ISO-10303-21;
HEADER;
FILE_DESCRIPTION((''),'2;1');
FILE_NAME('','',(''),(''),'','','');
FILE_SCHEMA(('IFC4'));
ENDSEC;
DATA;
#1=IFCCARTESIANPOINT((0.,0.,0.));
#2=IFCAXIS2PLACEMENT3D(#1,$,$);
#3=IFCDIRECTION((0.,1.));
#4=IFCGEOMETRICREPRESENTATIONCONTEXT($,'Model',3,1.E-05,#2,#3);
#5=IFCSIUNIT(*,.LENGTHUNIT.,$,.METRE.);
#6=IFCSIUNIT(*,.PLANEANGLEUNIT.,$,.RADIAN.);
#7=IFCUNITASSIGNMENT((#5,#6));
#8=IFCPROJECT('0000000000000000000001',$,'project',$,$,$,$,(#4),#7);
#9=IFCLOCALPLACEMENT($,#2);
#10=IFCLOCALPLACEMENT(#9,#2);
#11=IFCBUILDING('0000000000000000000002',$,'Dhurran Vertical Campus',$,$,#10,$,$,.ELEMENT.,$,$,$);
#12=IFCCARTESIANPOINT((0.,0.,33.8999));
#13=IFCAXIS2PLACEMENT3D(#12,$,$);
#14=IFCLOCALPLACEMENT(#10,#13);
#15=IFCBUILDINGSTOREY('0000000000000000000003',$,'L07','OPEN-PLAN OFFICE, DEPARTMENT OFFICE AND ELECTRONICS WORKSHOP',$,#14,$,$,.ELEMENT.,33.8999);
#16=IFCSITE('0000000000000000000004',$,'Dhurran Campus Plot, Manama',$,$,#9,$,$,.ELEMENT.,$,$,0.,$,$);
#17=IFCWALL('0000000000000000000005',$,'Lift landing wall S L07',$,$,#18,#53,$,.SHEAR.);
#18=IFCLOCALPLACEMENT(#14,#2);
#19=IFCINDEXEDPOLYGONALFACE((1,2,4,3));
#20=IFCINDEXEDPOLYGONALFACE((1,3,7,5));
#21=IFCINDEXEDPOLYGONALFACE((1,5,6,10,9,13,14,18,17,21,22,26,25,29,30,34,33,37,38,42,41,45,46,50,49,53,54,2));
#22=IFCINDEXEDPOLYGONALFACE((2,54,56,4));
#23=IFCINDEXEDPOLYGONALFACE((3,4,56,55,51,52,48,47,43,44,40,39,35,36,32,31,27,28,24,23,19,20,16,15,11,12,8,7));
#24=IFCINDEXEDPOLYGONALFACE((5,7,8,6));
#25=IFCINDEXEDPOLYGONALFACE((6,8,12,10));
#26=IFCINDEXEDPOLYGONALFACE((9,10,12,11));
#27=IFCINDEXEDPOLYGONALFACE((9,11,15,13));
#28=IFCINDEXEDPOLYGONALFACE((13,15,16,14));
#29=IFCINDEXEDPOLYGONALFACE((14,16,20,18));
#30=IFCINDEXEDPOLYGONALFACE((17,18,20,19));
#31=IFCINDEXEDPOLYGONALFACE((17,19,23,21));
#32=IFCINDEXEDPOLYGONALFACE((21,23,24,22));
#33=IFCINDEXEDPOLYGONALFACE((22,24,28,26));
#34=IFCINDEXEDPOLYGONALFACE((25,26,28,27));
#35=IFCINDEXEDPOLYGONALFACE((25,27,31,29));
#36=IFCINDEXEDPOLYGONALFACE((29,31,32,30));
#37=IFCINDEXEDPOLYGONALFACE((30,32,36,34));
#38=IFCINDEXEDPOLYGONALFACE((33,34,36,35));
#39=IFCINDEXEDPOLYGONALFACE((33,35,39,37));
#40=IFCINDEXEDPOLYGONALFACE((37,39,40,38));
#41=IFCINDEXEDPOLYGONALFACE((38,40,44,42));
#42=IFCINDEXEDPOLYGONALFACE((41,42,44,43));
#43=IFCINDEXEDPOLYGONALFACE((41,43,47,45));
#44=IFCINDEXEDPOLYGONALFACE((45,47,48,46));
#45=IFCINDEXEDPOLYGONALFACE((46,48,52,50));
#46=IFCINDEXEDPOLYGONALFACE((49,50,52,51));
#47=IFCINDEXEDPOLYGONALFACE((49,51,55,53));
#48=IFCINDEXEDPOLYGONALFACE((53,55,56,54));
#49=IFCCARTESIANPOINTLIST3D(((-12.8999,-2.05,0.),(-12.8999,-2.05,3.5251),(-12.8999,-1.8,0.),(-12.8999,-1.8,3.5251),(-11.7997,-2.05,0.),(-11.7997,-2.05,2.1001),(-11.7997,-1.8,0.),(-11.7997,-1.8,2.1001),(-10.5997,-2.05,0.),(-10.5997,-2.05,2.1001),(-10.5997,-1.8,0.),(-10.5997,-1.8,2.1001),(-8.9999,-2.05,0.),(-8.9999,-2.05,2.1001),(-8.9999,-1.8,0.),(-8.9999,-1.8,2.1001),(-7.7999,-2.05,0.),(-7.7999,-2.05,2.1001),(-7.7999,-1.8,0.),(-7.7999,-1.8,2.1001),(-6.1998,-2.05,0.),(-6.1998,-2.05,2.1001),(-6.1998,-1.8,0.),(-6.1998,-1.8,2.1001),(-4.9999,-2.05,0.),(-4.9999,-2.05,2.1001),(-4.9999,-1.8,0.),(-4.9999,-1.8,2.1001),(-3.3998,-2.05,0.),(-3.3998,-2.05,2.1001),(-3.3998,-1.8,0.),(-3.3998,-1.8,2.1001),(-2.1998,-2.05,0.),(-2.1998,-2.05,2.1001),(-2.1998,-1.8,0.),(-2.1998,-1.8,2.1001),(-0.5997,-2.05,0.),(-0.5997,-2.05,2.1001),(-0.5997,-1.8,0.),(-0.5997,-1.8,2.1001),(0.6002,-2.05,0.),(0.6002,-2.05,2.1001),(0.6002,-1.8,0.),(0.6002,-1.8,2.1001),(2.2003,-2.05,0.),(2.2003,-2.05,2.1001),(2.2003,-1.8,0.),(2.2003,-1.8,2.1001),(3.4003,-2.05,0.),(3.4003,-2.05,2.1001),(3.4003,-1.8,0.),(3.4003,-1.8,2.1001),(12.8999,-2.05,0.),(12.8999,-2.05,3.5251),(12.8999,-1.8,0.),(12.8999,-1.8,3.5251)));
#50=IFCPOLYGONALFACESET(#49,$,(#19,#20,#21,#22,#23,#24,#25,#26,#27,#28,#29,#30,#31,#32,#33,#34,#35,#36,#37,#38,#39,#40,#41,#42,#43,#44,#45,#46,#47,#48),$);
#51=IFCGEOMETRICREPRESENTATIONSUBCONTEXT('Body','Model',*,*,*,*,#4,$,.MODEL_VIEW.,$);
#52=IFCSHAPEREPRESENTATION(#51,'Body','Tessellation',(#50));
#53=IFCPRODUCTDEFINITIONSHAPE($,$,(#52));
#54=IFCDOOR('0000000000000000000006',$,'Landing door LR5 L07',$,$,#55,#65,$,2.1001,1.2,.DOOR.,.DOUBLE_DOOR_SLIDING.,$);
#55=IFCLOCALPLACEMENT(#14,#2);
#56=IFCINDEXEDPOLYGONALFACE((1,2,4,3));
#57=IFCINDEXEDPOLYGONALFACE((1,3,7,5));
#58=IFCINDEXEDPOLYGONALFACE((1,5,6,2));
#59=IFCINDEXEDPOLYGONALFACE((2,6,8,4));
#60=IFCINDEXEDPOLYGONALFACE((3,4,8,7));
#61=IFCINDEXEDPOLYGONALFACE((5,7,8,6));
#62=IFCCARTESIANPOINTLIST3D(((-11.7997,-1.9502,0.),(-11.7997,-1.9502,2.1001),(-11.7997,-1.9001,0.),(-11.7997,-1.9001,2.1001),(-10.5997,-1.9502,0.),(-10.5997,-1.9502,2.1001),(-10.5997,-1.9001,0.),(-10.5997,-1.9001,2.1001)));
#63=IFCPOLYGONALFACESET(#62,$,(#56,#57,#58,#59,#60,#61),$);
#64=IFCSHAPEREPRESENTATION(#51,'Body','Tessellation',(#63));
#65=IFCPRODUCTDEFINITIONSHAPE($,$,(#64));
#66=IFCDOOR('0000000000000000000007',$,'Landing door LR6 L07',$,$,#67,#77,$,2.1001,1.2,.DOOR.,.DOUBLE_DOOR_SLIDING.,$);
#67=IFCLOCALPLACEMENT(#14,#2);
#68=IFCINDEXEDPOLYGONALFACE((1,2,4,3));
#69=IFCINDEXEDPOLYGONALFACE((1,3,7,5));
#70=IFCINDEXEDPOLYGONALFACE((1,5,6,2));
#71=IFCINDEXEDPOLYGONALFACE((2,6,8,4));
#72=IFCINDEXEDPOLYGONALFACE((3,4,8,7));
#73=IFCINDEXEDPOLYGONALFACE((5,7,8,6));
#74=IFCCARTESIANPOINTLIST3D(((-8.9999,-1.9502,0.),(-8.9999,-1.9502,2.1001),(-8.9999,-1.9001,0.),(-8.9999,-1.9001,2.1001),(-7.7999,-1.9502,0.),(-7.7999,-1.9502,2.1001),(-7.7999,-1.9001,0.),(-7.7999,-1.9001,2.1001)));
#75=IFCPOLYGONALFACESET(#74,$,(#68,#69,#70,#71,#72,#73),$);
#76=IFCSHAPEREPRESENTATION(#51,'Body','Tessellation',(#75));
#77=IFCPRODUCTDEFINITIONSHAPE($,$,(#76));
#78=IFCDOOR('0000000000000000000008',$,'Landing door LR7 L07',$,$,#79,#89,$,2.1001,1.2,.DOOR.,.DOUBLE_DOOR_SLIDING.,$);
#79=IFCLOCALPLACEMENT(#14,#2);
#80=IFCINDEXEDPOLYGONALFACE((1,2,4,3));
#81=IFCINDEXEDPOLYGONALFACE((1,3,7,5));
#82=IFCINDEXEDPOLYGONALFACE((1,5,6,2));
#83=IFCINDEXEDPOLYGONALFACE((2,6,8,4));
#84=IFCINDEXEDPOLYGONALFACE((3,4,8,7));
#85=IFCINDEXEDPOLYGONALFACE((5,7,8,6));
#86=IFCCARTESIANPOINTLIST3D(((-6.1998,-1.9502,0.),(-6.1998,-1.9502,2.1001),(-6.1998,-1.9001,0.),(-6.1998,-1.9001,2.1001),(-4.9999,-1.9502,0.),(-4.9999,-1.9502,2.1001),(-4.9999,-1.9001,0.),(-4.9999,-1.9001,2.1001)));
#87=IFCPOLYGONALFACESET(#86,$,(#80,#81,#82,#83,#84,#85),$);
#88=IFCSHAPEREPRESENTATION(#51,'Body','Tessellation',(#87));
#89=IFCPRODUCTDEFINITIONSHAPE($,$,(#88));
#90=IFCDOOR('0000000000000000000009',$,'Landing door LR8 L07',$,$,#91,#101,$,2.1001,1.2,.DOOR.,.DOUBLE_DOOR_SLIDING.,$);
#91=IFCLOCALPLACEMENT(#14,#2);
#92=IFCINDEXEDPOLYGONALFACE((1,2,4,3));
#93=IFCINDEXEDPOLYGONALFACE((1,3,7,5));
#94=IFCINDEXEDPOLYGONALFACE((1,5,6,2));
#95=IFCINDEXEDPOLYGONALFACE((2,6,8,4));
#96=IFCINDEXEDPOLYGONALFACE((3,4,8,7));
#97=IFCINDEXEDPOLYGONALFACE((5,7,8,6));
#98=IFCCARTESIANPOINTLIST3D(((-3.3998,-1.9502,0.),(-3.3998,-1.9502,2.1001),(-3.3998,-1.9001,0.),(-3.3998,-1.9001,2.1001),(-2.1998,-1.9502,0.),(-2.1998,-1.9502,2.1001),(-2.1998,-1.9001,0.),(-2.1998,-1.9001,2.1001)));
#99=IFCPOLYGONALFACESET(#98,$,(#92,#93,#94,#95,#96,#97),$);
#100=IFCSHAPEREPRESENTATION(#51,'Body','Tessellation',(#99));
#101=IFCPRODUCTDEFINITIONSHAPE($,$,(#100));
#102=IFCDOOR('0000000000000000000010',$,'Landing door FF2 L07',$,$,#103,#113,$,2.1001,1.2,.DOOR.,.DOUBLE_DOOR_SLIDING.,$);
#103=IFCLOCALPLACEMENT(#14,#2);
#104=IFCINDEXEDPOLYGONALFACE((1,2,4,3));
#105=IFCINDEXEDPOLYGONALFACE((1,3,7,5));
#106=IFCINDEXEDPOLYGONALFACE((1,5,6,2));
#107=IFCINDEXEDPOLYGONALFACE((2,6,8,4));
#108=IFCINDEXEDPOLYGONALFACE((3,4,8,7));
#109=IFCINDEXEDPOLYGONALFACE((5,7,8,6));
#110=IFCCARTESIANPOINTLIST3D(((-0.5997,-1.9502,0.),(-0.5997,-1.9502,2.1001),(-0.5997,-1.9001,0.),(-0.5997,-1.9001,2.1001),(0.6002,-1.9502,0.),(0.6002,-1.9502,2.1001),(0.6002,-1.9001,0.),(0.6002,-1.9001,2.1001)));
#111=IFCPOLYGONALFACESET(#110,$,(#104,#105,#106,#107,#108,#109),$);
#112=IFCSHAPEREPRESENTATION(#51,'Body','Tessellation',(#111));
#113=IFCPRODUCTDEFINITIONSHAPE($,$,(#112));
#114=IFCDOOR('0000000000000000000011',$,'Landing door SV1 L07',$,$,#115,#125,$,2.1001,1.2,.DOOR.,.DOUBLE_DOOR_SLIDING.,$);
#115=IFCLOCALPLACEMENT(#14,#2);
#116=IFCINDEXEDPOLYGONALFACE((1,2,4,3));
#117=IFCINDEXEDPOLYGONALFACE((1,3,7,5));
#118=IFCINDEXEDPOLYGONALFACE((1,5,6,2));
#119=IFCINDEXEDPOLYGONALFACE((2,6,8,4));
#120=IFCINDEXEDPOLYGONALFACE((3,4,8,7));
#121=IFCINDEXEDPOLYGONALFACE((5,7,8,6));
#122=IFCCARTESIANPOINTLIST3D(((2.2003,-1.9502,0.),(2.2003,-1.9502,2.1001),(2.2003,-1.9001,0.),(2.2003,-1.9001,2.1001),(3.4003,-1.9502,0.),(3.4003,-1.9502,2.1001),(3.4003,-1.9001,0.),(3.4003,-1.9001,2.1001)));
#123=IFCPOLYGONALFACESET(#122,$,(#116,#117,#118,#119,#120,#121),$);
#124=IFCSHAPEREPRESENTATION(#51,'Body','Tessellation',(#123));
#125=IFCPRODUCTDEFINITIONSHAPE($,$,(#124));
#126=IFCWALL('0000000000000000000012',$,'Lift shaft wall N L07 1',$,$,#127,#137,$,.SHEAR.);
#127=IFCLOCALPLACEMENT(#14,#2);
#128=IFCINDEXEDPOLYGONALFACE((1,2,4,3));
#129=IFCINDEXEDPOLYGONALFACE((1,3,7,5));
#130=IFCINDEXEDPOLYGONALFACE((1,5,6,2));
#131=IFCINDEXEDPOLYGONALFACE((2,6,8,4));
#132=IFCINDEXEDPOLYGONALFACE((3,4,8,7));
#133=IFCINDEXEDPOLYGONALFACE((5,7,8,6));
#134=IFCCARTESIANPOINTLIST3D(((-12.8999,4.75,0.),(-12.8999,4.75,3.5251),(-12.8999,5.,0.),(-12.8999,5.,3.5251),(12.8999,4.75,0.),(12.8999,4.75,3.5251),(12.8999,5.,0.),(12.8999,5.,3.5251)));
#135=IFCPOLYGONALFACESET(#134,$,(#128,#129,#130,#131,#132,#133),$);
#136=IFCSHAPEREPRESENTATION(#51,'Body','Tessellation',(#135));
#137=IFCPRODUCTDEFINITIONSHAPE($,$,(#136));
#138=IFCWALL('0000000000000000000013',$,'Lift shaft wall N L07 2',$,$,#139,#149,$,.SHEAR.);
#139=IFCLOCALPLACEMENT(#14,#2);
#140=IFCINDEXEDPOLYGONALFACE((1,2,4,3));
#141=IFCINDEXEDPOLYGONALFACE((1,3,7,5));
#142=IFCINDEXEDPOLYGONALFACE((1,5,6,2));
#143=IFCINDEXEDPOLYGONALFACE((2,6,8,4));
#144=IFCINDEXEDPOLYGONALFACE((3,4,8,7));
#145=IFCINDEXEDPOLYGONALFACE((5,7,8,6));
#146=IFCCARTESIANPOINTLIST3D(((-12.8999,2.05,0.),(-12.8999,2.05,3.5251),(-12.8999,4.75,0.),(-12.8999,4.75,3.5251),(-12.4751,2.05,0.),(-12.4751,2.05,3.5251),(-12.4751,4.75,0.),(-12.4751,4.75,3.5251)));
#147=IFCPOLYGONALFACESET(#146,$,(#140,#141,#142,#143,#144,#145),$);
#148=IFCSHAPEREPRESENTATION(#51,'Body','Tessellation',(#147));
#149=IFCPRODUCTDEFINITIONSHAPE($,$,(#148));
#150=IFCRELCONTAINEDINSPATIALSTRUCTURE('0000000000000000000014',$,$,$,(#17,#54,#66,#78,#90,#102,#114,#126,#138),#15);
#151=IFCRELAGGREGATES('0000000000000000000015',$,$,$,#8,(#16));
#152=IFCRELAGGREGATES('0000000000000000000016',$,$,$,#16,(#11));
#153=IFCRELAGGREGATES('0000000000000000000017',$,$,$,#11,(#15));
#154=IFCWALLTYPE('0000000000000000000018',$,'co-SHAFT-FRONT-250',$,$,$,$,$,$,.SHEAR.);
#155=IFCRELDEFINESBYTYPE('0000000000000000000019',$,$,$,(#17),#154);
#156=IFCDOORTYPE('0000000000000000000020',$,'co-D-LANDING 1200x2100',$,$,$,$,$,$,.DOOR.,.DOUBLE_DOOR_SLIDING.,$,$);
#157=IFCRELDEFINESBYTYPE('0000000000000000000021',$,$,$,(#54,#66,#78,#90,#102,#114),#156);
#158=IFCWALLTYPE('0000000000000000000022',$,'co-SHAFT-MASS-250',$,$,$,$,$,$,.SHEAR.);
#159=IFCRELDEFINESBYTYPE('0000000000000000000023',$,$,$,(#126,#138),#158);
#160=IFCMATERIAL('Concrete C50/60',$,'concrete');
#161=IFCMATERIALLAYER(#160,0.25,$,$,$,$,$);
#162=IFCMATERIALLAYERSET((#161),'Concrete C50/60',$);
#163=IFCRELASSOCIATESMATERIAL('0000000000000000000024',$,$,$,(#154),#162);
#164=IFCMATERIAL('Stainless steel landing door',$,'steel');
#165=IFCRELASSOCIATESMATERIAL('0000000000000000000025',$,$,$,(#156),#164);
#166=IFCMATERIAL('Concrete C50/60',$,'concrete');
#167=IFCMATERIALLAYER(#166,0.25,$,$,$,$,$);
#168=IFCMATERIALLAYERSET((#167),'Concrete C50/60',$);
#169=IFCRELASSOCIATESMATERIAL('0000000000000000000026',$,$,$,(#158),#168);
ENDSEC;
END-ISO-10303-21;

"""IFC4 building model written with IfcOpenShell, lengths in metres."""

from ifc_helpers import new_model, si_unit, direction, frame, frame_2d, origin, place, context, subcontext, project, spatial, polyline, rectangle, outline, extrude, material, layer, layer_set, type_object, element, fill, save


model = new_model("IFC4")

# Units and contexts
model_context = context("Model", 3, precision=1e-05, world=origin(), true_north=direction((0.0, 1.0)))
body_context = subcontext(model_context, "Body", "Model", "MODEL_VIEW")
ifc_project = project(units=[si_unit("LENGTHUNIT", "METRE"), si_unit("PLANEANGLEUNIT", "RADIAN")], contexts=[model_context])

# Site, building, storey
site_placement = place(None, origin())
site = spatial("IfcSite", under=ifc_project, at=site_placement, Name="Dhurran Campus Plot, Manama", CompositionType="ELEMENT", RefElevation=0.0)
building_placement = place(site_placement, origin())
building = spatial("IfcBuilding", under=site, at=building_placement, Name="Dhurran Vertical Campus", CompositionType="ELEMENT")
storey_placement = place(building_placement, frame((0.0, 0.0, 33.8999)))
storey = spatial("IfcBuildingStorey", under=building, at=storey_placement, Name="L07", Description="OPEN-PLAN OFFICE, DEPARTMENT OFFICE AND ELECTRONICS WORKSHOP", CompositionType="ELEMENT", Elevation=33.8999)

# Wall, openings, doors
ifc_material_1 = material(Name="Concrete C50/60", Category="concrete")
ifc_layer_1 = layer(ifc_material_1, 0.25)
ifc_layer_set_1 = layer_set([ifc_layer_1], Name="Concrete C50/60")
wall_type_1 = type_object("IfcWallType", Name="co-SHAFT-FRONT-250", PredefinedType="SHEAR", material=ifc_layer_set_1)
wall_1_placement = place(storey_placement, frame((-12.8999, -1.925, 0.0), z_axis=(0.0, 0.0, 1.0), x_axis=(1.0, 0.0, 0.0)))
wall_1 = element("IfcWall", 1, at=wall_1_placement, inside=storey, type_object=wall_type_1, Name="Lift landing wall S L07", PredefinedType="SHEAR", context=body_context, shape_type="SweptSolid", body=[
    extrude(rectangle(XDim=25.7998, YDim=0.25, at=frame_2d((12.8999, 0.0))), origin(), (0.0, 0.0, 1.0), 3.5251),
])
opening_1_placement = place(wall_1_placement, frame((1.1001, 0.0, 0.0)))
opening_1 = element("IfcOpeningElement", 2, at=opening_1_placement, cuts=wall_1, PredefinedType="OPENING", context=body_context, shape_type="SweptSolid", body=[
    extrude(rectangle(XDim=1.2, YDim=2.1001, at=frame_2d((0.6001, 1.05))), frame((0.0, 0.135, 0.0), z_axis=(0.0, -1.0, 0.0), x_axis=(1.0, 0.0, 0.0)), (0.0, 0.0, 1.0), 0.27),
])
opening_2_placement = place(wall_1_placement, frame((3.8999, 0.0, 0.0)))
opening_2 = element("IfcOpeningElement", 3, at=opening_2_placement, cuts=wall_1, PredefinedType="OPENING", context=body_context, shape_type="SweptSolid", body=[
    extrude(rectangle(XDim=1.2, YDim=2.1001, at=frame_2d((0.6001, 1.05))), frame((0.0, 0.135, 0.0), z_axis=(0.0, -1.0, 0.0), x_axis=(1.0, 0.0, 0.0)), (0.0, 0.0, 1.0), 0.27),
])
opening_3_placement = place(wall_1_placement, frame((6.7, 0.0, 0.0)))
opening_3 = element("IfcOpeningElement", 4, at=opening_3_placement, cuts=wall_1, PredefinedType="OPENING", context=body_context, shape_type="SweptSolid", body=[
    extrude(rectangle(XDim=1.2, YDim=2.1001, at=frame_2d((0.6001, 1.05))), frame((0.0, 0.135, 0.0), z_axis=(0.0, -1.0, 0.0), x_axis=(1.0, 0.0, 0.0)), (0.0, 0.0, 1.0), 0.27),
])
opening_4_placement = place(wall_1_placement, frame((9.5, 0.0, 0.0)))
opening_4 = element("IfcOpeningElement", 5, at=opening_4_placement, cuts=wall_1, PredefinedType="OPENING", context=body_context, shape_type="SweptSolid", body=[
    extrude(rectangle(XDim=1.2, YDim=2.1001, at=frame_2d((0.6001, 1.05))), frame((0.0, 0.135, 0.0), z_axis=(0.0, -1.0, 0.0), x_axis=(1.0, 0.0, 0.0)), (0.0, 0.0, 1.0), 0.27),
])
opening_5_placement = place(wall_1_placement, frame((12.3, 0.0, 0.0)))
opening_5 = element("IfcOpeningElement", 6, at=opening_5_placement, cuts=wall_1, PredefinedType="OPENING", context=body_context, shape_type="SweptSolid", body=[
    extrude(rectangle(XDim=1.2, YDim=2.1001, at=frame_2d((0.6001, 1.05))), frame((0.0, 0.135, 0.0), z_axis=(0.0, -1.0, 0.0), x_axis=(1.0, 0.0, 0.0)), (0.0, 0.0, 1.0), 0.27),
])
opening_6_placement = place(wall_1_placement, frame((15.1001, 0.0, 0.0)))
opening_6 = element("IfcOpeningElement", 7, at=opening_6_placement, cuts=wall_1, PredefinedType="OPENING", context=body_context, shape_type="SweptSolid", body=[
    extrude(rectangle(XDim=1.2, YDim=2.1001, at=frame_2d((0.6001, 1.05))), frame((0.0, 0.135, 0.0), z_axis=(0.0, -1.0, 0.0), x_axis=(1.0, 0.0, 0.0)), (0.0, 0.0, 1.0), 0.27),
])
ifc_material_2 = material(Name="Stainless steel landing door", Category="steel")
door_type_1 = type_object("IfcDoorType", Name="co-D-LANDING 1200x2100", OperationType="DOUBLE_DOOR_SLIDING", PredefinedType="DOOR", material=ifc_material_2)
door_1_placement = place(opening_1_placement, origin())
door_1 = element("IfcDoor", 8, at=door_1_placement, inside=storey, type_object=door_type_1, Name="Landing door LR5 L07", OperationType="DOUBLE_DOOR_SLIDING", OverallHeight=2.1001, OverallWidth=1.2, PredefinedType="DOOR", context=body_context, shape_type="SweptSolid", body=[
    extrude(rectangle(XDim=1.2, YDim=2.1001, at=frame_2d((0.6001, 1.05))), frame((0.0, 0.0249, 0.0), z_axis=(0.0, -1.0, 0.0), x_axis=(1.0, 0.0, 0.0)), (0.0, 0.0, 1.0), 0.05),
])
fill(opening_1, door_1)
door_2_placement = place(opening_2_placement, origin())
door_2 = element("IfcDoor", 9, at=door_2_placement, inside=storey, type_object=door_type_1, Name="Landing door LR6 L07", OperationType="DOUBLE_DOOR_SLIDING", OverallHeight=2.1001, OverallWidth=1.2, PredefinedType="DOOR", context=body_context, shape_type="SweptSolid", body=[
    extrude(rectangle(XDim=1.2, YDim=2.1001, at=frame_2d((0.6001, 1.05))), frame((0.0, 0.0249, 0.0), z_axis=(0.0, -1.0, 0.0), x_axis=(1.0, 0.0, 0.0)), (0.0, 0.0, 1.0), 0.05),
])
fill(opening_2, door_2)
door_3_placement = place(opening_3_placement, origin())
door_3 = element("IfcDoor", 10, at=door_3_placement, inside=storey, type_object=door_type_1, Name="Landing door LR7 L07", OperationType="DOUBLE_DOOR_SLIDING", OverallHeight=2.1001, OverallWidth=1.2, PredefinedType="DOOR", context=body_context, shape_type="SweptSolid", body=[
    extrude(rectangle(XDim=1.2, YDim=2.1001, at=frame_2d((0.6001, 1.05))), frame((0.0, 0.0249, 0.0), z_axis=(0.0, -1.0, 0.0), x_axis=(1.0, 0.0, 0.0)), (0.0, 0.0, 1.0), 0.05),
])
fill(opening_3, door_3)
door_4_placement = place(opening_4_placement, origin())
door_4 = element("IfcDoor", 11, at=door_4_placement, inside=storey, type_object=door_type_1, Name="Landing door LR8 L07", OperationType="DOUBLE_DOOR_SLIDING", OverallHeight=2.1001, OverallWidth=1.2, PredefinedType="DOOR", context=body_context, shape_type="SweptSolid", body=[
    extrude(rectangle(XDim=1.2, YDim=2.1001, at=frame_2d((0.6001, 1.05))), frame((0.0, 0.0249, 0.0), z_axis=(0.0, -1.0, 0.0), x_axis=(1.0, 0.0, 0.0)), (0.0, 0.0, 1.0), 0.05),
])
fill(opening_4, door_4)
door_5_placement = place(opening_5_placement, origin())
door_5 = element("IfcDoor", 12, at=door_5_placement, inside=storey, type_object=door_type_1, Name="Landing door FF2 L07", OperationType="DOUBLE_DOOR_SLIDING", OverallHeight=2.1001, OverallWidth=1.2, PredefinedType="DOOR", context=body_context, shape_type="SweptSolid", body=[
    extrude(rectangle(XDim=1.2, YDim=2.1001, at=frame_2d((0.6001, 1.05))), frame((0.0, 0.0249, 0.0), z_axis=(0.0, -1.0, 0.0), x_axis=(1.0, 0.0, 0.0)), (0.0, 0.0, 1.0), 0.05),
])
fill(opening_5, door_5)
door_6_placement = place(opening_6_placement, origin())
door_6 = element("IfcDoor", 13, at=door_6_placement, inside=storey, type_object=door_type_1, Name="Landing door SV1 L07", OperationType="DOUBLE_DOOR_SLIDING", OverallHeight=2.1001, OverallWidth=1.2, PredefinedType="DOOR", context=body_context, shape_type="SweptSolid", body=[
    extrude(rectangle(XDim=1.2, YDim=2.1001, at=frame_2d((0.6001, 1.05))), frame((0.0, 0.0249, 0.0), z_axis=(0.0, -1.0, 0.0), x_axis=(1.0, 0.0, 0.0)), (0.0, 0.0, 1.0), 0.05),
])
fill(opening_6, door_6)

# Walls
ifc_material_3 = material(Name="Concrete C50/60", Category="concrete")
ifc_layer_2 = layer(ifc_material_3, 0.25)
ifc_layer_set_2 = layer_set([ifc_layer_2], Name="Concrete C50/60")
wall_type_2 = type_object("IfcWallType", Name="co-SHAFT-MASS-250", PredefinedType="SHEAR", material=ifc_layer_set_2)
wall_2_placement = place(storey_placement, origin())
element("IfcWall", 14, at=wall_2_placement, inside=storey, type_object=wall_type_2, Name="Lift shaft wall N L07 1", PredefinedType="SHEAR", context=body_context, shape_type="SweptSolid", body=[
    extrude(outline(polyline([(-12.8999, 4.75), (12.8999, 4.75), (12.8999, 5.0), (-12.8999, 5.0), (-12.8999, 4.75)])), origin(), (0.0, 0.0, 1.0), 3.5251),
])
wall_3_placement = place(storey_placement, origin())
element("IfcWall", 15, at=wall_3_placement, inside=storey, type_object=wall_type_2, Name="Lift shaft wall N L07 2", PredefinedType="SHEAR", context=body_context, shape_type="SweptSolid", body=[
    extrude(outline(polyline([(-12.8999, 2.05), (-12.4751, 2.05), (-12.4751, 4.75), (-12.8999, 4.75), (-12.8999, 2.05)])), origin(), (0.0, 0.0, 1.0), 3.5251),
])

save(model, "model.ifc")
